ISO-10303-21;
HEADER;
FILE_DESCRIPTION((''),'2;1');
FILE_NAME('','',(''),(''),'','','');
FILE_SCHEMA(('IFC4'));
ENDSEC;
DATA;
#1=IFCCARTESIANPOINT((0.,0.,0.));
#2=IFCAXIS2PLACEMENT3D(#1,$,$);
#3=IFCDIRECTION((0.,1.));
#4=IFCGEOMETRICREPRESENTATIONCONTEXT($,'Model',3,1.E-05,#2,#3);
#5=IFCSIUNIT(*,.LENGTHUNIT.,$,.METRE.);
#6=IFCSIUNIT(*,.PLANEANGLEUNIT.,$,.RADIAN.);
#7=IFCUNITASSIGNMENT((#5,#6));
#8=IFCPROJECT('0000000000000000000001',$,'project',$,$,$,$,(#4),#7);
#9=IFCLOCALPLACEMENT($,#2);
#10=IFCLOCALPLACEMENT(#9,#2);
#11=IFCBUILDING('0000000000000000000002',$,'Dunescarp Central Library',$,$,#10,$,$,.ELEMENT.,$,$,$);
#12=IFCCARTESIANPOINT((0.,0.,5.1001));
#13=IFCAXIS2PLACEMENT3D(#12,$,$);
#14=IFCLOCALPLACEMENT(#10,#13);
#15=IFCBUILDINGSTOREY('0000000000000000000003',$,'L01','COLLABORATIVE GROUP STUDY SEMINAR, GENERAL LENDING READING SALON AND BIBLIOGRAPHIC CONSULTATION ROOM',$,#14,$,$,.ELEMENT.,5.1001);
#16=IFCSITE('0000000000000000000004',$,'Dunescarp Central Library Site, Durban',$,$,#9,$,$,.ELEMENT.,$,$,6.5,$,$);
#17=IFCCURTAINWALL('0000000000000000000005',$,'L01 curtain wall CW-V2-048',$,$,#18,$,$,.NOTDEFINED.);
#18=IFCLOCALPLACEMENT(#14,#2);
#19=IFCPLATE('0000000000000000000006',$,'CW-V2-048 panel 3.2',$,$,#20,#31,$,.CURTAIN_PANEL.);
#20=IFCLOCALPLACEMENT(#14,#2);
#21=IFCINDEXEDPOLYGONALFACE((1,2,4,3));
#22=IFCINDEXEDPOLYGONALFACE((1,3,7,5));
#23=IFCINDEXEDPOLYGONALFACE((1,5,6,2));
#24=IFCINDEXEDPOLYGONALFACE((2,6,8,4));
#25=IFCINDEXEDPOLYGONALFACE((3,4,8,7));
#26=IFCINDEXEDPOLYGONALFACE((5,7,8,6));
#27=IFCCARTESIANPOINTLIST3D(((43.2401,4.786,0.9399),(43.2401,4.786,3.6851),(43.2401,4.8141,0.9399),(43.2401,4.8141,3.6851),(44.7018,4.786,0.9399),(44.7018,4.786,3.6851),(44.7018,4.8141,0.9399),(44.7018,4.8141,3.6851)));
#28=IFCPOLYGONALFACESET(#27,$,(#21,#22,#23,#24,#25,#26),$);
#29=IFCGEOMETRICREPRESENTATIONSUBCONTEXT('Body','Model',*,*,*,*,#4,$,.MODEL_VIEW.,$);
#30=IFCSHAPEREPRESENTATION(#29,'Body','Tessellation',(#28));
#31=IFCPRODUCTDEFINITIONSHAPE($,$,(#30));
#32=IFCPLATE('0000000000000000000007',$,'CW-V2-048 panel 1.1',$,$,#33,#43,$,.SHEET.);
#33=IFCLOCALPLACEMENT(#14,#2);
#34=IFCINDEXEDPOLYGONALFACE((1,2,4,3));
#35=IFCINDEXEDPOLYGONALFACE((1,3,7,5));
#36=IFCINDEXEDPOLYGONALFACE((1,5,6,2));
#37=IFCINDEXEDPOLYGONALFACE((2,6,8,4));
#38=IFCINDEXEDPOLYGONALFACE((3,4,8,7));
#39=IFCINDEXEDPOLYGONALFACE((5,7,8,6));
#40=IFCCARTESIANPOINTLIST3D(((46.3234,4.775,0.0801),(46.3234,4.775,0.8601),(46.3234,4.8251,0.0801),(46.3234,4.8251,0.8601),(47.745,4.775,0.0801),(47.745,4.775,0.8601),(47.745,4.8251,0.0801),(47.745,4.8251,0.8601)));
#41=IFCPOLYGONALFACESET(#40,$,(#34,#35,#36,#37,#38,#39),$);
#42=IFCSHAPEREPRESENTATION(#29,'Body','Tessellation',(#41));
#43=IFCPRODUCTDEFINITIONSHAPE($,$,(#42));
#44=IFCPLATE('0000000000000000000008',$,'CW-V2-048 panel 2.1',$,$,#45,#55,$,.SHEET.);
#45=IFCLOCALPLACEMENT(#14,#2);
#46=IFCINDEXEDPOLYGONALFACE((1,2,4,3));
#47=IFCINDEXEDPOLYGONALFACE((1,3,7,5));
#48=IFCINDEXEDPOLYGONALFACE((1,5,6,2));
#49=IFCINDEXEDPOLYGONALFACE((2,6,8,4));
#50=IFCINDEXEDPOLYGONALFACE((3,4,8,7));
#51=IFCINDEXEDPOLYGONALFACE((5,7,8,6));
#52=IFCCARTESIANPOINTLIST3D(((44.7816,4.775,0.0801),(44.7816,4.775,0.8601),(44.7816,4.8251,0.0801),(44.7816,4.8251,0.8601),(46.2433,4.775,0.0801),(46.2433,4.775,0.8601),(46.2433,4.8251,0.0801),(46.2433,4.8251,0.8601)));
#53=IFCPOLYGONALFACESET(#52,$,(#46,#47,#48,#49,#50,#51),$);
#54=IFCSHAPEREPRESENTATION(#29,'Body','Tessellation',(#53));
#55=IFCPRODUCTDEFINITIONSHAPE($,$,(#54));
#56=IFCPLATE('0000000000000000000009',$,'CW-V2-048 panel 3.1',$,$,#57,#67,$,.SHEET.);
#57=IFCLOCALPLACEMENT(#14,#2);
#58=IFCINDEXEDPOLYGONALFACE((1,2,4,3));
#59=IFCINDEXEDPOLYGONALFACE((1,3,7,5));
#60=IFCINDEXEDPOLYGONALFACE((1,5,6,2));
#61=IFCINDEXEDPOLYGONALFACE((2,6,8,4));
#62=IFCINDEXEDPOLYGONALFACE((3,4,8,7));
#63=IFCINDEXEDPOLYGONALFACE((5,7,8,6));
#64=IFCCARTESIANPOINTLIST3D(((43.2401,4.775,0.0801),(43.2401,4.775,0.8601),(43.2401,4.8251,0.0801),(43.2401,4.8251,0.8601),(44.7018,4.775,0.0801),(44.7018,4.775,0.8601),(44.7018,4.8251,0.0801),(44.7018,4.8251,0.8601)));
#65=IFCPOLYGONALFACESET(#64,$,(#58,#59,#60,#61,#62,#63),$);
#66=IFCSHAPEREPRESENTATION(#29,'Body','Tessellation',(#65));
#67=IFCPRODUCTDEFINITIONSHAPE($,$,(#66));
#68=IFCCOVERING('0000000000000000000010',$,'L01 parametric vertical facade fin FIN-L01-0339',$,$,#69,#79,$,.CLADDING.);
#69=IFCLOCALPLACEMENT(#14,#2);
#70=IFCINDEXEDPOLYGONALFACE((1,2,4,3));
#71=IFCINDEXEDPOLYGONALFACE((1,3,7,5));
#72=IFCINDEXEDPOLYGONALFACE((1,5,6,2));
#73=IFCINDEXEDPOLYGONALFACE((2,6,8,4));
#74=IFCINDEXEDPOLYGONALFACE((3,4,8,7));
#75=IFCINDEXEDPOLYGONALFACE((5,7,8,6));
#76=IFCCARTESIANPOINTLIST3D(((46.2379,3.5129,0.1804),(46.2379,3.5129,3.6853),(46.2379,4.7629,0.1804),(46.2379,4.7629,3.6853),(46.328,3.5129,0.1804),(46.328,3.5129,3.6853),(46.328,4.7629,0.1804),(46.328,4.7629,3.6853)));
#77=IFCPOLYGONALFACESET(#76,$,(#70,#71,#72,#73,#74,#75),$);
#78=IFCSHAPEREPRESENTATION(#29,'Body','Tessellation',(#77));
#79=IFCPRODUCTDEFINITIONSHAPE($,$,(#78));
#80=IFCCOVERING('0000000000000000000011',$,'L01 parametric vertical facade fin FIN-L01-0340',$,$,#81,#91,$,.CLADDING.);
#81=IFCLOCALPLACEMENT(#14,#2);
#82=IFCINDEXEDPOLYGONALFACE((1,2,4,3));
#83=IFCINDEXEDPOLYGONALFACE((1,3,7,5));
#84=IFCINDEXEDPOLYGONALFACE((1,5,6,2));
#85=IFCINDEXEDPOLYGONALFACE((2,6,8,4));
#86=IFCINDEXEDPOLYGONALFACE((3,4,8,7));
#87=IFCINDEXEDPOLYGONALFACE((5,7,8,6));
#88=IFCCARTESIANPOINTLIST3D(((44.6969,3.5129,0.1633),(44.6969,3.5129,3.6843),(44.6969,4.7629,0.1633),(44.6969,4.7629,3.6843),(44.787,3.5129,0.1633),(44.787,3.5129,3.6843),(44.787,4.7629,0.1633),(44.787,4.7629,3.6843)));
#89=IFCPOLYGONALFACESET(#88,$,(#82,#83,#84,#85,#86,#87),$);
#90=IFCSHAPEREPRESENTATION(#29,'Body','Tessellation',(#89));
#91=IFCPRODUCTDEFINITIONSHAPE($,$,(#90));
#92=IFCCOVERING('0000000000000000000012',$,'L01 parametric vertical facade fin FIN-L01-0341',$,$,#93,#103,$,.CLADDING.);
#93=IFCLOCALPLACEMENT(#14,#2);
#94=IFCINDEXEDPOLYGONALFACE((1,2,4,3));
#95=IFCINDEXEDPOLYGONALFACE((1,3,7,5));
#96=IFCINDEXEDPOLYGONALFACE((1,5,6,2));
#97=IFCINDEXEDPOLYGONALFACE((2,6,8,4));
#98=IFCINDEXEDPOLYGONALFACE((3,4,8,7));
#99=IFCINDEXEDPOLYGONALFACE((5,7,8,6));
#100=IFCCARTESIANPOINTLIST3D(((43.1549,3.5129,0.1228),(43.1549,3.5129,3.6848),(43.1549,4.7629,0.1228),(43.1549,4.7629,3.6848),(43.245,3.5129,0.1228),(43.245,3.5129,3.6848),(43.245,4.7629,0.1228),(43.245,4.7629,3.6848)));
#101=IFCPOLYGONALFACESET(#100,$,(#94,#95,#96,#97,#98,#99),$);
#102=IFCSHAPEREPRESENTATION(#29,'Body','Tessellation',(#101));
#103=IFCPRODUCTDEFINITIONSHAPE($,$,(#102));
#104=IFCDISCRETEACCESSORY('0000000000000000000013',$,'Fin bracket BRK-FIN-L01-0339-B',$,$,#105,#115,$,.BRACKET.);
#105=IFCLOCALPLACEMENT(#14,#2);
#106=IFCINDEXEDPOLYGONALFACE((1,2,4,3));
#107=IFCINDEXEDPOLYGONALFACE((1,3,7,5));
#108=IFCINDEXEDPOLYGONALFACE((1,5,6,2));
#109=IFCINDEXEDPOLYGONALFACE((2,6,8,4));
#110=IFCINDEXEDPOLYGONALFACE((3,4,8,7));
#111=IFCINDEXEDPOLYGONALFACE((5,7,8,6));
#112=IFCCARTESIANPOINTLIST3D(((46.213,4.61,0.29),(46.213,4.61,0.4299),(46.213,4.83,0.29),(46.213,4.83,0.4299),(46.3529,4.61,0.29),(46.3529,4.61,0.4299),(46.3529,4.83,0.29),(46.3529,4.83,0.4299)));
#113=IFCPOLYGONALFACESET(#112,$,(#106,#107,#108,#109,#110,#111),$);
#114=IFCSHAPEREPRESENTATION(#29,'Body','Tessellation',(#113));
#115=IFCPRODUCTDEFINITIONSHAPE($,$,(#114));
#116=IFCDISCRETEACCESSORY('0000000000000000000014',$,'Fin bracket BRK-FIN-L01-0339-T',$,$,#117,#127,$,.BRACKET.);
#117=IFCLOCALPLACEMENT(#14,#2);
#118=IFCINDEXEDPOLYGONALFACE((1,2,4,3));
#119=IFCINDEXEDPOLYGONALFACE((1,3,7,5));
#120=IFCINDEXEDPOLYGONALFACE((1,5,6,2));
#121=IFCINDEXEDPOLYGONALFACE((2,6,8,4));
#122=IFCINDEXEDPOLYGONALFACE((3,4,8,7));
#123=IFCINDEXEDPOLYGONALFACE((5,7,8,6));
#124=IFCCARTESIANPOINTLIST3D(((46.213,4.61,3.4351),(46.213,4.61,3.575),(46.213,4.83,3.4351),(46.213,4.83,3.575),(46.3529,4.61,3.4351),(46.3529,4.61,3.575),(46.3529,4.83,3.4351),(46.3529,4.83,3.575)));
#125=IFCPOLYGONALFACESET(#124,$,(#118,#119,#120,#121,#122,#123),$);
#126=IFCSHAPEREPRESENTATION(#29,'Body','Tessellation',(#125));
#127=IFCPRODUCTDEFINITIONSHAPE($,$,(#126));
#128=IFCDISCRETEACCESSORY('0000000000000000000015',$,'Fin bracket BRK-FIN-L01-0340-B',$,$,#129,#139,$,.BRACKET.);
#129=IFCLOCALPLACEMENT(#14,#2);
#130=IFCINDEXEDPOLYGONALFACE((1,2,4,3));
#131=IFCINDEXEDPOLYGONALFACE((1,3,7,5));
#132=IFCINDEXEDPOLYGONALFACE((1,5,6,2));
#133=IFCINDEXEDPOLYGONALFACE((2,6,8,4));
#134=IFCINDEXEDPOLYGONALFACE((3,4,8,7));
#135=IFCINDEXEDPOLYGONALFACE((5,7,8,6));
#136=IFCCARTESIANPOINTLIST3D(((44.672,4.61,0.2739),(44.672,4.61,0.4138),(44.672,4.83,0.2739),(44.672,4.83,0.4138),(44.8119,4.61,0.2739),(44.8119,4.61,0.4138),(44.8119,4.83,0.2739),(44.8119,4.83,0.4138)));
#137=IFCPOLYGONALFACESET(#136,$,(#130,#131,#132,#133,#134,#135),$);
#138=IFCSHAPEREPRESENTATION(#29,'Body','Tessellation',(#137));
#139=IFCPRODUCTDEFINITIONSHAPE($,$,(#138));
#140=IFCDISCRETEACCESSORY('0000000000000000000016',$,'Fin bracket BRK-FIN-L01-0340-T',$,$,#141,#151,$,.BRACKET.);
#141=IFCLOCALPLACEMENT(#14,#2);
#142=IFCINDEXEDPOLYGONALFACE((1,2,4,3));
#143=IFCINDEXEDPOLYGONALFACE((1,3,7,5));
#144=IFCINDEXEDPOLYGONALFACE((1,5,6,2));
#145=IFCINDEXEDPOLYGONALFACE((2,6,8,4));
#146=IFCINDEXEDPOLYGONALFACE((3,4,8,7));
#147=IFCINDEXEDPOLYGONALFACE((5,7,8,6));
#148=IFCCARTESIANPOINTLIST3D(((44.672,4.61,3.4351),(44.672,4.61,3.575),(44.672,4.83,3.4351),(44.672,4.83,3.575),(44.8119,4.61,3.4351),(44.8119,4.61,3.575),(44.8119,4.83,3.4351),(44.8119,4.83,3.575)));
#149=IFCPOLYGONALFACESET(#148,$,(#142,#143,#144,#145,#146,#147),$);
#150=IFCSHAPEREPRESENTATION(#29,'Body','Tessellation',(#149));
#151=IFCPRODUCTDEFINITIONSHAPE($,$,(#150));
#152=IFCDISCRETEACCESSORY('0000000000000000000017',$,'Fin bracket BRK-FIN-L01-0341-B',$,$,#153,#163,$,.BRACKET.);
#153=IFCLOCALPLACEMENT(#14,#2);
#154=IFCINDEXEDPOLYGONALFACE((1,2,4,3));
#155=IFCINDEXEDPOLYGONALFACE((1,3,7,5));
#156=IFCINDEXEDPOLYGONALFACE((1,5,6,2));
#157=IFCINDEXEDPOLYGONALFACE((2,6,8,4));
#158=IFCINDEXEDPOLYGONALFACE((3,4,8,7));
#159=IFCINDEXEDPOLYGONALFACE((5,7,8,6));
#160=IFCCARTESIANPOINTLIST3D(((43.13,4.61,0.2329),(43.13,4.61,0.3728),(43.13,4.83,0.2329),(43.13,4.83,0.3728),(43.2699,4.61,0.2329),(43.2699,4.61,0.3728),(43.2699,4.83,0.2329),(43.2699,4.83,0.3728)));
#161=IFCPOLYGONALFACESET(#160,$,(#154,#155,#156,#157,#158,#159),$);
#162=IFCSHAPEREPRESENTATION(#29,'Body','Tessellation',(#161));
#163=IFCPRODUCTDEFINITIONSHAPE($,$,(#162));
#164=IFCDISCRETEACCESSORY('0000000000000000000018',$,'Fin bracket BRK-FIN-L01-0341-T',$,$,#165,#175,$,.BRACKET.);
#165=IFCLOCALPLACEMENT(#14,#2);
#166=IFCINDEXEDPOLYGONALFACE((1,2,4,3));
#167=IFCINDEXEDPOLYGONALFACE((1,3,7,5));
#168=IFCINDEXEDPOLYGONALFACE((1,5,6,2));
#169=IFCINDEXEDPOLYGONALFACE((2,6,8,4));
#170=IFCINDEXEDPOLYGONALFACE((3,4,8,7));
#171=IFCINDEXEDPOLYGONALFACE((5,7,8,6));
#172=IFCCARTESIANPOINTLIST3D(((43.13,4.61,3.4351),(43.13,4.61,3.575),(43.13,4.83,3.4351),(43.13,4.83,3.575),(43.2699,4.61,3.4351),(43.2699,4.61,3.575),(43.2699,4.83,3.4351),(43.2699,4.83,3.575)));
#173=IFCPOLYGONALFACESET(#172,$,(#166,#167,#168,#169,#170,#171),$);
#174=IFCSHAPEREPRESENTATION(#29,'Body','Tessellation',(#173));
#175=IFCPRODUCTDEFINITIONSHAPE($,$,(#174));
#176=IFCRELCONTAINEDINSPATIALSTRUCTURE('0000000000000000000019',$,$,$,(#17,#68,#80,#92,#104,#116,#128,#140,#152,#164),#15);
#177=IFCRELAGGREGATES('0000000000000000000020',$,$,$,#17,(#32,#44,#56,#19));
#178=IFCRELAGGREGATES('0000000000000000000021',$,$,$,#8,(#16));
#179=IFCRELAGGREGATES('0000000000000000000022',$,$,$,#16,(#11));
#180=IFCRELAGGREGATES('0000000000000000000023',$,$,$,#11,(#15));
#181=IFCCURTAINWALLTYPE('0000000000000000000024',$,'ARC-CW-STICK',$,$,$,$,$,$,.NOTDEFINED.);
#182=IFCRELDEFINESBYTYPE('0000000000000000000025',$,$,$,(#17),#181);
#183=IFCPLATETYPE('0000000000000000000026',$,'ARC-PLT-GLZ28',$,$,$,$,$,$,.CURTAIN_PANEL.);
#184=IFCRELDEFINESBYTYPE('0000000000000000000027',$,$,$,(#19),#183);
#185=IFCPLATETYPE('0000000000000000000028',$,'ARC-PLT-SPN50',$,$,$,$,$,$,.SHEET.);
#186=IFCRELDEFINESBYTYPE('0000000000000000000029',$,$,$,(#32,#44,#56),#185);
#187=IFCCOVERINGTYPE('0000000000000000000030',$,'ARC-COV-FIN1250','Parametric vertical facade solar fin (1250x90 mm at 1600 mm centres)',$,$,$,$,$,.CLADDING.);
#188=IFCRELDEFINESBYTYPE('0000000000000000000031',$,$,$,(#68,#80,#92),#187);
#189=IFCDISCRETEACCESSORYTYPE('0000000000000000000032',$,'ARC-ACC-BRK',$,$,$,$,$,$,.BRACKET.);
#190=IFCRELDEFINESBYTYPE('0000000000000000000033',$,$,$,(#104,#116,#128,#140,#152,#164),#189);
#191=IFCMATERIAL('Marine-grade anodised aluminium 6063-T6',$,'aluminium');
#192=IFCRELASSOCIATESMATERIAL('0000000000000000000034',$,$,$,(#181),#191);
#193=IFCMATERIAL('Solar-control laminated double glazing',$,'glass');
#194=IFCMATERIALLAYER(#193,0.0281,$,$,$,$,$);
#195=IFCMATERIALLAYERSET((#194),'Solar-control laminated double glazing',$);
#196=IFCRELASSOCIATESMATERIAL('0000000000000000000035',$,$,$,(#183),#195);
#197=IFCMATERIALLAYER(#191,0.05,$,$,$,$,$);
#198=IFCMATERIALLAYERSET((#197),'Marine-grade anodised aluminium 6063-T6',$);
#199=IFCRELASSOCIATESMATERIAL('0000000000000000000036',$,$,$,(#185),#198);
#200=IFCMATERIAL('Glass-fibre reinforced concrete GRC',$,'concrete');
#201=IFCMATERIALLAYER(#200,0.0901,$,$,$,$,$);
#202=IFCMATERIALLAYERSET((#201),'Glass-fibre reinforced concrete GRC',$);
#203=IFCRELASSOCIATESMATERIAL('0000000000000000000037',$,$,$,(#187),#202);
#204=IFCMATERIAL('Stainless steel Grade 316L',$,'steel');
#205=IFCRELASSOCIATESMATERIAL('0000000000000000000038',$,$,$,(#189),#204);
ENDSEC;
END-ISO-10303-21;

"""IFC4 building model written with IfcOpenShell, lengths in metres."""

from ifc_helpers import new_model, si_unit, direction, frame, origin, origin_2d, place, context, subcontext, project, spatial, rectangle, extrude, material, layer, layer_set, type_object, element, aggregate, save


model = new_model("IFC4")

# Units and contexts
model_context = context("Model", 3, precision=1e-05, world=origin(), true_north=direction((0.0, 1.0)))
body_context = subcontext(model_context, "Body", "Model", "MODEL_VIEW")
ifc_project = project(units=[si_unit("LENGTHUNIT", "METRE"), si_unit("PLANEANGLEUNIT", "RADIAN")], contexts=[model_context])

# Site, building, storey
site_placement = place(None, origin())
site = spatial("IfcSite", under=ifc_project, at=site_placement, Name="Dunescarp Central Library Site, Durban", CompositionType="ELEMENT", RefElevation=6.5)
building_placement = place(site_placement, origin())
building = spatial("IfcBuilding", under=site, at=building_placement, Name="Dunescarp Central Library", CompositionType="ELEMENT")
storey_placement = place(building_placement, frame((0.0, 0.0, 5.1001)))
storey = spatial("IfcBuildingStorey", under=building, at=storey_placement, Name="L01", Description="COLLABORATIVE GROUP STUDY SEMINAR, GENERAL LENDING READING SALON AND BIBLIOGRAPHIC CONSULTATION ROOM", CompositionType="ELEMENT", Elevation=5.1001)

# Curtain wall, plates
ifc_material_1 = material(Name="Marine-grade anodised aluminium 6063-T6", Category="aluminium")
curtain_wall_type = type_object("IfcCurtainWallType", Name="ARC-CW-STICK", PredefinedType="NOTDEFINED", material=ifc_material_1)
curtain_wall_placement = place(storey_placement, origin())
curtain_wall = element("IfcCurtainWall", 1, at=curtain_wall_placement, inside=storey, type_object=curtain_wall_type, Name="L01 curtain wall CW-V2-048", PredefinedType="NOTDEFINED")
ifc_material_2 = material(Name="Solar-control laminated double glazing", Category="glass")
ifc_layer_1 = layer(ifc_material_2, 0.0281)
ifc_layer_set_1 = layer_set([ifc_layer_1], Name="Solar-control laminated double glazing")
plate_type_1 = type_object("IfcPlateType", Name="ARC-PLT-GLZ28", PredefinedType="CURTAIN_PANEL", material=ifc_layer_set_1)
plate_1_placement = place(storey_placement, frame((43.9709, 4.8, 0.9399), z_axis=(0.0, 0.0, 1.0), x_axis=(-1.0, 0.0, 0.0)))
plate_1 = element("IfcPlate", 2, at=plate_1_placement, type_object=plate_type_1, Name="CW-V2-048 panel 3.2", PredefinedType="CURTAIN_PANEL", context=body_context, shape_type="SweptSolid", body=[
    extrude(rectangle(XDim=1.4617, YDim=0.0281, at=origin_2d()), origin(), (0.0, 0.0, 1.0), 2.7451),
])
ifc_layer_2 = layer(ifc_material_1, 0.05)
ifc_layer_set_2 = layer_set([ifc_layer_2], Name="Marine-grade anodised aluminium 6063-T6")
plate_type_2 = type_object("IfcPlateType", Name="ARC-PLT-SPN50", PredefinedType="SHEET", material=ifc_layer_set_2)
plate_2_placement = place(storey_placement, frame((47.0342, 4.8, 0.0801), z_axis=(0.0, 0.0, 1.0), x_axis=(-1.0, 0.0, 0.0)))
plate_2 = element("IfcPlate", 3, at=plate_2_placement, type_object=plate_type_2, Name="CW-V2-048 panel 1.1", PredefinedType="SHEET", context=body_context, shape_type="SweptSolid", body=[
    extrude(rectangle(XDim=1.4216, YDim=0.05, at=origin_2d()), origin(), (0.0, 0.0, 1.0), 0.78),
])
plate_3_placement = place(storey_placement, frame((45.5125, 4.8, 0.0801), z_axis=(0.0, 0.0, 1.0), x_axis=(-1.0, 0.0, 0.0)))
plate_3 = element("IfcPlate", 4, at=plate_3_placement, type_object=plate_type_2, Name="CW-V2-048 panel 2.1", PredefinedType="SHEET", context=body_context, shape_type="SweptSolid", body=[
    extrude(rectangle(XDim=1.4617, YDim=0.05, at=origin_2d()), origin(), (0.0, 0.0, 1.0), 0.78),
])
plate_4_placement = place(storey_placement, frame((43.9709, 4.8, 0.0801), z_axis=(0.0, 0.0, 1.0), x_axis=(-1.0, 0.0, 0.0)))
plate_4 = element("IfcPlate", 5, at=plate_4_placement, type_object=plate_type_2, Name="CW-V2-048 panel 3.1", PredefinedType="SHEET", context=body_context, shape_type="SweptSolid", body=[
    extrude(rectangle(XDim=1.4617, YDim=0.05, at=origin_2d()), origin(), (0.0, 0.0, 1.0), 0.78),
])
aggregate(curtain_wall, [plate_2, plate_3, plate_4, plate_1])

# Coverings
ifc_material_3 = material(Name="Glass-fibre reinforced concrete GRC", Category="concrete")
ifc_layer_3 = layer(ifc_material_3, 0.0901)
ifc_layer_set_3 = layer_set([ifc_layer_3], Name="Glass-fibre reinforced concrete GRC")
covering_type = type_object("IfcCoveringType", Name="ARC-COV-FIN1250", Description="Parametric vertical facade solar fin (1250x90 mm at 1600 mm centres)", PredefinedType="CLADDING", material=ifc_layer_set_3)
covering_1_placement = place(storey_placement, frame((46.283, 4.1379, 0.1804), z_axis=(0.0, 0.0, 1.0), x_axis=(0.0, -1.0, 0.0)))
element("IfcCovering", 6, at=covering_1_placement, inside=storey, type_object=covering_type, Name="L01 parametric vertical facade fin FIN-L01-0339", PredefinedType="CLADDING", context=body_context, shape_type="SweptSolid", body=[
    extrude(rectangle(XDim=1.25, YDim=0.0901, at=origin_2d()), origin(), (0.0, 0.0, 1.0), 3.5049),
])
covering_2_placement = place(storey_placement, frame((44.7419, 4.1379, 0.1633), z_axis=(0.0, 0.0, 1.0), x_axis=(0.0, -1.0, 0.0)))
element("IfcCovering", 7, at=covering_2_placement, inside=storey, type_object=covering_type, Name="L01 parametric vertical facade fin FIN-L01-0340", PredefinedType="CLADDING", context=body_context, shape_type="SweptSolid", body=[
    extrude(rectangle(XDim=1.25, YDim=0.0901, at=origin_2d()), origin(), (0.0, 0.0, 1.0), 3.521),
])
covering_3_placement = place(storey_placement, frame((43.2, 4.1379, 0.1228), z_axis=(0.0, 0.0, 1.0), x_axis=(0.0, -1.0, 0.0)))
element("IfcCovering", 8, at=covering_3_placement, inside=storey, type_object=covering_type, Name="L01 parametric vertical facade fin FIN-L01-0341", PredefinedType="CLADDING", context=body_context, shape_type="SweptSolid", body=[
    extrude(rectangle(XDim=1.25, YDim=0.0901, at=origin_2d()), origin(), (0.0, 0.0, 1.0), 3.562),
])

# Discrete accessories
ifc_material_4 = material(Name="Stainless steel Grade 316L", Category="steel")
discrete_accessory_type = type_object("IfcDiscreteAccessoryType", Name="ARC-ACC-BRK", PredefinedType="BRACKET", material=ifc_material_4)
for number, where, z_axis, x_axis, name in (
    (9, (46.283, 4.72, 0.29), (0.0, 0.0, 1.0), (0.0, -1.0, 0.0), "Fin bracket BRK-FIN-L01-0339-B"),
    (10, (46.283, 4.72, 3.4351), (0.0, 0.0, 1.0), (0.0, -1.0, 0.0), "Fin bracket BRK-FIN-L01-0339-T"),
    (11, (44.7419, 4.72, 0.2739), (0.0, 0.0, 1.0), (0.0, -1.0, 0.0), "Fin bracket BRK-FIN-L01-0340-B"),
    (12, (44.7419, 4.72, 3.4351), (0.0, 0.0, 1.0), (0.0, -1.0, 0.0), "Fin bracket BRK-FIN-L01-0340-T"),
    (13, (43.2, 4.72, 0.2329), (0.0, 0.0, 1.0), (0.0, -1.0, 0.0), "Fin bracket BRK-FIN-L01-0341-B"),
    (14, (43.2, 4.72, 3.4351), (0.0, 0.0, 1.0), (0.0, -1.0, 0.0), "Fin bracket BRK-FIN-L01-0341-T"),
):
    element("IfcDiscreteAccessory", number, at=place(storey_placement, frame(where, z_axis=z_axis, x_axis=x_axis)), inside=storey, type_object=discrete_accessory_type, Name=name, PredefinedType="BRACKET", context=body_context, shape_type="SweptSolid", body=[
        extrude(rectangle(XDim=0.22, YDim=0.1399, at=origin_2d()), origin(), (0.0, 0.0, 1.0), 0.1399),
    ])

save(model, "model.ifc")
